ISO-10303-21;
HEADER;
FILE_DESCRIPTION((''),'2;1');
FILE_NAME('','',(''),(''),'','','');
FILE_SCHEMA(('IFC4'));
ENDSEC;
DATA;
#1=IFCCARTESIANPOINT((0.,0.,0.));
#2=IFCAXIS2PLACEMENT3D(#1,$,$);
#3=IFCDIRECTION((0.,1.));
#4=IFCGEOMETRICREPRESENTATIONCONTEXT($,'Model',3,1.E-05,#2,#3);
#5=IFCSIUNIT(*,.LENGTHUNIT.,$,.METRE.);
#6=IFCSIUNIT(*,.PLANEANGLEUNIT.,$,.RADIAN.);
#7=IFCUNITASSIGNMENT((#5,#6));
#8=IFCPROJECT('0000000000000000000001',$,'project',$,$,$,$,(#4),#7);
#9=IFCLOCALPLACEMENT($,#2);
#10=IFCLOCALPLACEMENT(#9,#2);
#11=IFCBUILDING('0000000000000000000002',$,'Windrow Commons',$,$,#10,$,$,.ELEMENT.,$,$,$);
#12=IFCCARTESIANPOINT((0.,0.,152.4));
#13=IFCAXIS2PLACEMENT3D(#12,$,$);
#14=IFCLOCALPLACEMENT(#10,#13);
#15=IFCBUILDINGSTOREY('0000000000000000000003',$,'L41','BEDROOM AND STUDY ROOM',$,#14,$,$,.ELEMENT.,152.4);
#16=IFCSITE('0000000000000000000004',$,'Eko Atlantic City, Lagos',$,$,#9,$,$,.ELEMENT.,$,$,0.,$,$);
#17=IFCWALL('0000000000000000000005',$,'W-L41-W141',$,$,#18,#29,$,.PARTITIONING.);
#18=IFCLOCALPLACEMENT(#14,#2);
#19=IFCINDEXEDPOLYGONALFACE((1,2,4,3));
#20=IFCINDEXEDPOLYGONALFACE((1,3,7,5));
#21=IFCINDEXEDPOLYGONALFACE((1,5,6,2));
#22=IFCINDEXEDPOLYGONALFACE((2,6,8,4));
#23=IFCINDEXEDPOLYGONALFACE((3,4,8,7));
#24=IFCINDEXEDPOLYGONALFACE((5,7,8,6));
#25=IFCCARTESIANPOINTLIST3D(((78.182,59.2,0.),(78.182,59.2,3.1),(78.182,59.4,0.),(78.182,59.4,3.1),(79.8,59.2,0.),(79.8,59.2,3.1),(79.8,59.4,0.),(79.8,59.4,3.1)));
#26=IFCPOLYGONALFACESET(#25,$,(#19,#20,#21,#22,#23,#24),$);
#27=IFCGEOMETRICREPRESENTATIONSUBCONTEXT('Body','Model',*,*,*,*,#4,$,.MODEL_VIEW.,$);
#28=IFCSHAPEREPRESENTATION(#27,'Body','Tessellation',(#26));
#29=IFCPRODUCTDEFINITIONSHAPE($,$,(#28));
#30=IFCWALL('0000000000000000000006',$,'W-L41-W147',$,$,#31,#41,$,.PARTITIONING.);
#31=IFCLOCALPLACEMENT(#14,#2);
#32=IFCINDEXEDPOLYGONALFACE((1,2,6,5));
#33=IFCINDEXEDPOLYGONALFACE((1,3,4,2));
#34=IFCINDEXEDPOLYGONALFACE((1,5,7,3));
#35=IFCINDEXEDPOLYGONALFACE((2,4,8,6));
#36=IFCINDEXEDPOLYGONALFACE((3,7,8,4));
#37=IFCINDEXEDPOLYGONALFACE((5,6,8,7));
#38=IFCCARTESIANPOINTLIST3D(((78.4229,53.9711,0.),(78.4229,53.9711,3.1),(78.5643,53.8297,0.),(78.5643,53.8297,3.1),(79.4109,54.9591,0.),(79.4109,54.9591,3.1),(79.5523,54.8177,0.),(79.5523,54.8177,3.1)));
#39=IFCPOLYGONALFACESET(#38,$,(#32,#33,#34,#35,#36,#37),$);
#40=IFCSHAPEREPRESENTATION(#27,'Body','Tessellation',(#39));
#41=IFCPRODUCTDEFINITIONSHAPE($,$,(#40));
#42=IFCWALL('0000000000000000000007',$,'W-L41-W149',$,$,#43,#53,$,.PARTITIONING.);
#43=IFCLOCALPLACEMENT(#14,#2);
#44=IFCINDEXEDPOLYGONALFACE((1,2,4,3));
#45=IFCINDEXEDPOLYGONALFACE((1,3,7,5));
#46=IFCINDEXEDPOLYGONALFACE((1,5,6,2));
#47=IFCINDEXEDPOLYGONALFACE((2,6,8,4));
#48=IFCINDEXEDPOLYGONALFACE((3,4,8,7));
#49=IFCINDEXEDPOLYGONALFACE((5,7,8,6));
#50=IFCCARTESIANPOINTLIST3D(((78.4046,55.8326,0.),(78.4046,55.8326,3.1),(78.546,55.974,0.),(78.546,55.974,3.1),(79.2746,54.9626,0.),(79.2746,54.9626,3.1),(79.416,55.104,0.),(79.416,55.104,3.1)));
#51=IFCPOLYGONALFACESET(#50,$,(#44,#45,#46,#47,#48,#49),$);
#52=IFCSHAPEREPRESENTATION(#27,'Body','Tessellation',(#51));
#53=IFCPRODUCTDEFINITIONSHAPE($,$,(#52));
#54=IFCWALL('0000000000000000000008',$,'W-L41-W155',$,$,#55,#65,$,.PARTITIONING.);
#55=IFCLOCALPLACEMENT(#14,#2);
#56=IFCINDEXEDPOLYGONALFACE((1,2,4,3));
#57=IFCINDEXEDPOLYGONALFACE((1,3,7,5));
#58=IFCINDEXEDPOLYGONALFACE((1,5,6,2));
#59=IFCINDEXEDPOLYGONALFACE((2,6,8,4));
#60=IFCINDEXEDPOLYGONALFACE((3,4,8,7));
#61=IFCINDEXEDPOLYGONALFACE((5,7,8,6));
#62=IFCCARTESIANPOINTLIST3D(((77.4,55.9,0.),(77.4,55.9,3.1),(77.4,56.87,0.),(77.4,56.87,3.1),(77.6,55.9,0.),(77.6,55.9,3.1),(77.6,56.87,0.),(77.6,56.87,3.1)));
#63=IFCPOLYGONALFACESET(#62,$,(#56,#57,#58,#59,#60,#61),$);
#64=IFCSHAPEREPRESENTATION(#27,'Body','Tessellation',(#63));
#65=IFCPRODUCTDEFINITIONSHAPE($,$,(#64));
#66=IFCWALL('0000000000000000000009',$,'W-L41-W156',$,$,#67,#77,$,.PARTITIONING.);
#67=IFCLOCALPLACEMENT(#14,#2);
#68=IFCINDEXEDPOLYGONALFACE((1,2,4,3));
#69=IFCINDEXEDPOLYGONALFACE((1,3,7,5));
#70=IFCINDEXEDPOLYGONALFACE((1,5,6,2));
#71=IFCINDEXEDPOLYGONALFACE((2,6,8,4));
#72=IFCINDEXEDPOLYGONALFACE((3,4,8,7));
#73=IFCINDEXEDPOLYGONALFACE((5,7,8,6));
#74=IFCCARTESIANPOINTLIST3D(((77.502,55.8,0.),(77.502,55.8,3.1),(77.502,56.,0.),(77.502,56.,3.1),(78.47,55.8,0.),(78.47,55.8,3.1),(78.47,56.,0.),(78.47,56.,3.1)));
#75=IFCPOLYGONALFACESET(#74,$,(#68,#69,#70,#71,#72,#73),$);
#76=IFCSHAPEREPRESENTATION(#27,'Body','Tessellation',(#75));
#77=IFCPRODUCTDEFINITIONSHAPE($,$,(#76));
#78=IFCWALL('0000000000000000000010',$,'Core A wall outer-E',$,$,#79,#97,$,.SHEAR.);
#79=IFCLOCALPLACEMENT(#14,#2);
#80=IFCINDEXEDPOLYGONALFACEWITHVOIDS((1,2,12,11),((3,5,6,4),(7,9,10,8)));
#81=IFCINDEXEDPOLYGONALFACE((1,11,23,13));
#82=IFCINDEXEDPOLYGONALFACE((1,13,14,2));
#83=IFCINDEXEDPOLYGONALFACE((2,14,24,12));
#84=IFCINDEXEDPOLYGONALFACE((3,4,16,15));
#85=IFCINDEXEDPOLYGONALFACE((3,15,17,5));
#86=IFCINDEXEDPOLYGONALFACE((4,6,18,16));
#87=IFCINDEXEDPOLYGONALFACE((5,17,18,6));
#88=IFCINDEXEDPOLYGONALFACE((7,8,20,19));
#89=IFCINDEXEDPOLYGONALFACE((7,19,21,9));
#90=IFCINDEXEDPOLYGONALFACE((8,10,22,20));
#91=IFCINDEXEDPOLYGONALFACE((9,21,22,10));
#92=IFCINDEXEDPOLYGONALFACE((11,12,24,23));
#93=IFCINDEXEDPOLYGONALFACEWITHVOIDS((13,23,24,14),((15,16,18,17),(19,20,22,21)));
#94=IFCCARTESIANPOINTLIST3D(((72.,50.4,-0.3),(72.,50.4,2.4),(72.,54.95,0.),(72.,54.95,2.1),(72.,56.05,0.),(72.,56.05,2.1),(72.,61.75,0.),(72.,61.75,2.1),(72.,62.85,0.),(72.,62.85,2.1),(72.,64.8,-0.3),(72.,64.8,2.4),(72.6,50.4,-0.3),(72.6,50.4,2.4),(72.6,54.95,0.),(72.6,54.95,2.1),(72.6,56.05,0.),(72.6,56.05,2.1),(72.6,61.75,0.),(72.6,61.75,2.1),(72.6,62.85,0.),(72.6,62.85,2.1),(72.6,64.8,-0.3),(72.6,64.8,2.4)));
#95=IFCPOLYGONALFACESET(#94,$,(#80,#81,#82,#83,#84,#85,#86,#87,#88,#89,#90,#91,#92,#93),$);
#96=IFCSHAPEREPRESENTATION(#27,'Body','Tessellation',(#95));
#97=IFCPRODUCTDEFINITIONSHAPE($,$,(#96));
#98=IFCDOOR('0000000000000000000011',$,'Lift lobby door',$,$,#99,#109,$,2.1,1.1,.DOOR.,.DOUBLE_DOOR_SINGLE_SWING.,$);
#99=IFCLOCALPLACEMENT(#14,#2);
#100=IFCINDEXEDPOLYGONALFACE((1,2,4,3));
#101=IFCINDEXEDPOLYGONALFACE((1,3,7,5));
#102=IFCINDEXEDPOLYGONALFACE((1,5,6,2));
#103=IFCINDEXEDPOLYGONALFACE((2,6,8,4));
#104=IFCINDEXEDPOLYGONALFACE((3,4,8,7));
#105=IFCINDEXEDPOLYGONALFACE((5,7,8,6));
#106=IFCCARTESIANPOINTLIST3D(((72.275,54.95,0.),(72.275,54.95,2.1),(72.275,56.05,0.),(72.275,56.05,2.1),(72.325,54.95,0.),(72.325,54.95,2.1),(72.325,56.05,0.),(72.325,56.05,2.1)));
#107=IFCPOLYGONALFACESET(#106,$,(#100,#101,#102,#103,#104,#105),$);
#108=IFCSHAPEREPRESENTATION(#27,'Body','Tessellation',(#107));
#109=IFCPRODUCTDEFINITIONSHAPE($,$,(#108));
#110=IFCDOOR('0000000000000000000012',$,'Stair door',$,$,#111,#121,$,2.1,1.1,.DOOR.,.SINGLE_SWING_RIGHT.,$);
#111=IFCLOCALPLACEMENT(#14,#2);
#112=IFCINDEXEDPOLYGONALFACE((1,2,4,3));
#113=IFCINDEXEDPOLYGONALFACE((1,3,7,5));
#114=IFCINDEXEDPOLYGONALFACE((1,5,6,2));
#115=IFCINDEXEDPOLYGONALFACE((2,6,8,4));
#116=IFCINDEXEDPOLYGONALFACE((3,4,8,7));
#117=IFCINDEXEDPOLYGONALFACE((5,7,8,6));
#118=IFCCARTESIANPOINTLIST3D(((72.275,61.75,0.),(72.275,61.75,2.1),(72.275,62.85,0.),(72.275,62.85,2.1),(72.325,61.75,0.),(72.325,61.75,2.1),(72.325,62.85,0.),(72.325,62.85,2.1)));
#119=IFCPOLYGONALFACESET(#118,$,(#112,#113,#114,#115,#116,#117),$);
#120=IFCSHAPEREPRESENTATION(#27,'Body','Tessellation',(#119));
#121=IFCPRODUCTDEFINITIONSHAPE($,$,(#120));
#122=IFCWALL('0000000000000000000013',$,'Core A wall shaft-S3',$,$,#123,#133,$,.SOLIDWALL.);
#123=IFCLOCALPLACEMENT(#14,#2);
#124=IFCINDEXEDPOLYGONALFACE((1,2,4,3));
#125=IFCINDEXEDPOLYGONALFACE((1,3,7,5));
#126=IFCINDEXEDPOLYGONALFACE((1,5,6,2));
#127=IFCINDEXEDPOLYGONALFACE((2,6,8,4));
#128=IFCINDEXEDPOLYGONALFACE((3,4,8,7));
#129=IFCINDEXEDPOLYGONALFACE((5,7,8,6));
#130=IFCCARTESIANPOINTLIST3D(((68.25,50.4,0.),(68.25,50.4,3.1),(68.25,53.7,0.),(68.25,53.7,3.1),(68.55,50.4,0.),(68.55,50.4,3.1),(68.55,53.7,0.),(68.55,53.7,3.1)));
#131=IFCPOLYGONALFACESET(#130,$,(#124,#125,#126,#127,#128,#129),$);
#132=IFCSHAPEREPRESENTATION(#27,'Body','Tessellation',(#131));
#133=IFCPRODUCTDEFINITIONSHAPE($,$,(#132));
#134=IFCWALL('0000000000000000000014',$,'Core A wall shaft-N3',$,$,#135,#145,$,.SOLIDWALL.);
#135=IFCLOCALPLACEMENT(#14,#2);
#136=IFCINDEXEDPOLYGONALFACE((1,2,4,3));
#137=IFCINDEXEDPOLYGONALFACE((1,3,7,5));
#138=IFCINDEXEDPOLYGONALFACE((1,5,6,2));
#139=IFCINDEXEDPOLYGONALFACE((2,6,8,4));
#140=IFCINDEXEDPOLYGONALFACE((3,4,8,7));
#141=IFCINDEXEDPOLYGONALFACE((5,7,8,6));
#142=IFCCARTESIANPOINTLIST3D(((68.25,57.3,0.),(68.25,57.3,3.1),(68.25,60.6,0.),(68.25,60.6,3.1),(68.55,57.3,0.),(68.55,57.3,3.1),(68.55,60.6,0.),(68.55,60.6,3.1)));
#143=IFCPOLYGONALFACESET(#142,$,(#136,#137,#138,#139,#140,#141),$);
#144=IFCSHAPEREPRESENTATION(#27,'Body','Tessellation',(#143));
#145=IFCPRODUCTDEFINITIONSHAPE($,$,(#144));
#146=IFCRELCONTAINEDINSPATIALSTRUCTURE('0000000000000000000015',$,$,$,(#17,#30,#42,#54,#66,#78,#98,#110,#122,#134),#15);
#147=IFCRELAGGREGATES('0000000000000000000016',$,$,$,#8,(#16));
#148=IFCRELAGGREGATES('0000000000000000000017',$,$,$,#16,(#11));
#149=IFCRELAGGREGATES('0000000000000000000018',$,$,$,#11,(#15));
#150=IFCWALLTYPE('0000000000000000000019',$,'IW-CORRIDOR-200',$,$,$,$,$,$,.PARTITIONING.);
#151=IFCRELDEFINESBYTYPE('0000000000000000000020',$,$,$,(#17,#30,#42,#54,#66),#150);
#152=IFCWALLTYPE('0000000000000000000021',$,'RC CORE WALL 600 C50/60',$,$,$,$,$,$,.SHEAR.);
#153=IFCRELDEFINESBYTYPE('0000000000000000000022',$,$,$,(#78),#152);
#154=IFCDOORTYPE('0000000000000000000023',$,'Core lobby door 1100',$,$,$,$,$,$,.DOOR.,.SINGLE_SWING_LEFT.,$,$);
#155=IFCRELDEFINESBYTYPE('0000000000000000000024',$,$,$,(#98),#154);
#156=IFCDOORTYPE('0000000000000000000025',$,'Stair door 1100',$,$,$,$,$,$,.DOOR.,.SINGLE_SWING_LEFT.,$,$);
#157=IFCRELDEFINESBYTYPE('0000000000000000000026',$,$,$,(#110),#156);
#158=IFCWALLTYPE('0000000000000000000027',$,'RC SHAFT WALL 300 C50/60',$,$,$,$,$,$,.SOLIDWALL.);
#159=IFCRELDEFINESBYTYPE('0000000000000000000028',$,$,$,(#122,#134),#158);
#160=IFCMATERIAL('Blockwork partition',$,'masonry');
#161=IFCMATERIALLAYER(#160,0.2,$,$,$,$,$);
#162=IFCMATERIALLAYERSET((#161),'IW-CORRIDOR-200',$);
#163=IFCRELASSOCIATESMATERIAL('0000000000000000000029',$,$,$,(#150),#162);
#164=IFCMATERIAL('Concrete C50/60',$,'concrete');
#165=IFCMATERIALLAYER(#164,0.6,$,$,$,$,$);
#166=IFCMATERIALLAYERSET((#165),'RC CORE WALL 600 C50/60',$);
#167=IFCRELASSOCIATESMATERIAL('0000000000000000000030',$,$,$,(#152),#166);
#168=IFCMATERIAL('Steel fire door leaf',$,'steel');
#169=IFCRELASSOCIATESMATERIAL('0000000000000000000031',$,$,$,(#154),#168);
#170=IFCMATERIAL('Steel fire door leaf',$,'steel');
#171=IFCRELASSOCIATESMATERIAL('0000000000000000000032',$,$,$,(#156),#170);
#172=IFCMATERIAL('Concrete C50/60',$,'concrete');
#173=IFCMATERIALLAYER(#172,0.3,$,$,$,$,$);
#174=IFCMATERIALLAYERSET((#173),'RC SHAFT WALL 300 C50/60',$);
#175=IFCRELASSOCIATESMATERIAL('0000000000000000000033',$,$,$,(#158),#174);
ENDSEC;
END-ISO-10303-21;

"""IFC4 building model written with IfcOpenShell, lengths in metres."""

from ifc_helpers import new_model, si_unit, direction, frame, frame_2d, origin, place, context, subcontext, project, spatial, rectangle, extrude, material, layer, layer_set, type_object, element, fill, save


model = new_model("IFC4")

# Units and contexts
model_context = context("Model", 3, precision=1e-05, world=origin(), true_north=direction((0.0, 1.0)))
body_context = subcontext(model_context, "Body", "Model", "MODEL_VIEW")
ifc_project = project(units=[si_unit("LENGTHUNIT", "METRE"), si_unit("PLANEANGLEUNIT", "RADIAN")], contexts=[model_context])

# Site, building, storey
site_placement = place(None, origin())
site = spatial("IfcSite", under=ifc_project, at=site_placement, Name="Eko Atlantic City, Lagos", CompositionType="ELEMENT", RefElevation=0.0)
building_placement = place(site_placement, origin())
building = spatial("IfcBuilding", under=site, at=building_placement, Name="Windrow Commons", CompositionType="ELEMENT")
storey_placement = place(building_placement, frame((0.0, 0.0, 152.4)))
storey = spatial("IfcBuildingStorey", under=building, at=storey_placement, Name="L41", Description="BEDROOM AND STUDY ROOM", CompositionType="ELEMENT", Elevation=152.4)

# Shared definitions
ifc_material_1 = material(Name="Blockwork partition", Category="masonry")
ifc_layer_1 = layer(ifc_material_1, 0.2)
ifc_layer_set_1 = layer_set([ifc_layer_1], Name="IW-CORRIDOR-200")
wall_type_1 = type_object("IfcWallType", Name="IW-CORRIDOR-200", PredefinedType="PARTITIONING", material=ifc_layer_set_1)

# Walls
wall_1_placement = place(storey_placement, frame((78.182, 59.3, 0.0), z_axis=(0.0, 0.0, 1.0), x_axis=(1.0, 0.0, 0.0)))
element("IfcWall", 1, at=wall_1_placement, inside=storey, type_object=wall_type_1, Name="W-L41-W141", PredefinedType="PARTITIONING", context=body_context, shape_type="SweptSolid", body=[
    extrude(rectangle(XDim=1.618, YDim=0.2, at=frame_2d((0.809, 0.0))), origin(), (0.0, 0.0, 1.0), 3.1),
])
wall_2_placement = place(storey_placement, frame((78.4936, 53.9004, 0.0), z_axis=(0.0, 0.0, 1.0), x_axis=(0.707107, 0.707107, 0.0)))
element("IfcWall", 2, at=wall_2_placement, inside=storey, type_object=wall_type_1, Name="W-L41-W147", PredefinedType="PARTITIONING", context=body_context, shape_type="SweptSolid", body=[
    extrude(rectangle(XDim=1.3972, YDim=0.2, at=frame_2d((0.6986, 0.0))), origin(), (0.0, 0.0, 1.0), 3.1),
])
wall_3_placement = place(storey_placement, frame((78.4753, 55.9033, 0.0), z_axis=(0.0, 0.0, 1.0), x_axis=(0.707107, -0.707107, 0.0)))
element("IfcWall", 3, at=wall_3_placement, inside=storey, type_object=wall_type_1, Name="W-L41-W149", PredefinedType="PARTITIONING", context=body_context, shape_type="SweptSolid", body=[
    extrude(rectangle(XDim=1.2304, YDim=0.2, at=frame_2d((0.6152, 0.0))), origin(), (0.0, 0.0, 1.0), 3.1),
])
wall_4_placement = place(storey_placement, frame((77.5, 55.9, 0.0), z_axis=(0.0, 0.0, 1.0), x_axis=(0.0, 1.0, 0.0)))
element("IfcWall", 4, at=wall_4_placement, inside=storey, type_object=wall_type_1, Name="W-L41-W155", PredefinedType="PARTITIONING", context=body_context, shape_type="SweptSolid", body=[
    extrude(rectangle(XDim=0.97, YDim=0.2, at=frame_2d((0.485, 0.0))), origin(), (0.0, 0.0, 1.0), 3.1),
])
wall_5_placement = place(storey_placement, frame((77.502, 55.9, 0.0), z_axis=(0.0, 0.0, 1.0), x_axis=(1.0, 0.0, 0.0)))
element("IfcWall", 5, at=wall_5_placement, inside=storey, type_object=wall_type_1, Name="W-L41-W156", PredefinedType="PARTITIONING", context=body_context, shape_type="SweptSolid", body=[
    extrude(rectangle(XDim=0.968, YDim=0.2, at=frame_2d((0.484, 0.0))), origin(), (0.0, 0.0, 1.0), 3.1),
])

# Wall, openings, doors
ifc_material_2 = material(Name="Concrete C50/60", Category="concrete")
ifc_layer_2 = layer(ifc_material_2, 0.6)
ifc_layer_set_2 = layer_set([ifc_layer_2], Name="RC CORE WALL 600 C50/60")
wall_type_2 = type_object("IfcWallType", Name="RC CORE WALL 600 C50/60", PredefinedType="SHEAR", material=ifc_layer_set_2)
wall_6_placement = place(storey_placement, frame((72.3, 50.4, -0.3), z_axis=(0.0, 0.0, 1.0), x_axis=(0.0, 1.0, 0.0)))
wall_6 = element("IfcWall", 6, at=wall_6_placement, inside=storey, type_object=wall_type_2, Name="Core A wall outer-E", PredefinedType="SHEAR", context=body_context, shape_type="SweptSolid", body=[
    extrude(rectangle(XDim=14.4, YDim=0.6, at=frame_2d((7.2, 0.0))), origin(), (0.0, 0.0, 1.0), 2.7),
])
opening_1_placement = place(wall_6_placement, frame((4.55, 0.0, 0.3)))
opening_1 = element("IfcOpeningElement", 7, at=opening_1_placement, cuts=wall_6, PredefinedType="OPENING", context=body_context, shape_type="SweptSolid", body=[
    extrude(rectangle(XDim=1.1, YDim=2.1, at=frame_2d((0.55, 1.05))), frame((0.0, 0.31, 0.0), z_axis=(0.0, -1.0, 0.0), x_axis=(1.0, 0.0, 0.0)), (0.0, 0.0, 1.0), 0.62),
])
opening_2_placement = place(wall_6_placement, frame((11.35, 0.0, 0.3)))
opening_2 = element("IfcOpeningElement", 8, at=opening_2_placement, cuts=wall_6, PredefinedType="OPENING", context=body_context, shape_type="SweptSolid", body=[
    extrude(rectangle(XDim=1.1, YDim=2.1, at=frame_2d((0.55, 1.05))), frame((0.0, 0.31, 0.0), z_axis=(0.0, -1.0, 0.0), x_axis=(1.0, 0.0, 0.0)), (0.0, 0.0, 1.0), 0.62),
])
ifc_material_3 = material(Name="Steel fire door leaf", Category="steel")
door_type_1 = type_object("IfcDoorType", Name="Core lobby door 1100", OperationType="SINGLE_SWING_LEFT", PredefinedType="DOOR", material=ifc_material_3)
door_1_placement = place(opening_1_placement, origin())
door_1 = element("IfcDoor", 9, at=door_1_placement, inside=storey, type_object=door_type_1, Name="Lift lobby door", OperationType="DOUBLE_DOOR_SINGLE_SWING", OverallHeight=2.1, OverallWidth=1.1, PredefinedType="DOOR", context=body_context, shape_type="SweptSolid", body=[
    extrude(rectangle(XDim=1.1, YDim=2.1, at=frame_2d((0.55, 1.05))), frame((0.0, 0.025, 0.0), z_axis=(0.0, -1.0, 0.0), x_axis=(1.0, 0.0, 0.0)), (0.0, 0.0, 1.0), 0.05),
])
fill(opening_1, door_1)
ifc_material_4 = material(Name="Steel fire door leaf", Category="steel")
door_type_2 = type_object("IfcDoorType", Name="Stair door 1100", OperationType="SINGLE_SWING_LEFT", PredefinedType="DOOR", material=ifc_material_4)
door_2_placement = place(opening_2_placement, origin())
door_2 = element("IfcDoor", 10, at=door_2_placement, inside=storey, type_object=door_type_2, Name="Stair door", OperationType="SINGLE_SWING_RIGHT", OverallHeight=2.1, OverallWidth=1.1, PredefinedType="DOOR", context=body_context, shape_type="SweptSolid", body=[
    extrude(rectangle(XDim=1.1, YDim=2.1, at=frame_2d((0.55, 1.05))), frame((0.0, 0.025, 0.0), z_axis=(0.0, -1.0, 0.0), x_axis=(1.0, 0.0, 0.0)), (0.0, 0.0, 1.0), 0.05),
])
fill(opening_2, door_2)

# Walls
ifc_material_5 = material(Name="Concrete C50/60", Category="concrete")
ifc_layer_3 = layer(ifc_material_5, 0.3)
ifc_layer_set_3 = layer_set([ifc_layer_3], Name="RC SHAFT WALL 300 C50/60")
wall_type_3 = type_object("IfcWallType", Name="RC SHAFT WALL 300 C50/60", PredefinedType="SOLIDWALL", material=ifc_layer_set_3)
for number, where, z_axis, x_axis, name in (
    (11, (68.4, 50.4, 0.0), (0.0, 0.0, 1.0), (0.0, 1.0, 0.0), "Core A wall shaft-S3"),
    (12, (68.4, 57.3, 0.0), (0.0, 0.0, 1.0), (0.0, 1.0, 0.0), "Core A wall shaft-N3"),
):
    element("IfcWall", number, at=place(storey_placement, frame(where, z_axis=z_axis, x_axis=x_axis)), inside=storey, type_object=wall_type_3, Name=name, PredefinedType="SOLIDWALL", context=body_context, shape_type="SweptSolid", body=[
        extrude(rectangle(XDim=3.3, YDim=0.3, at=frame_2d((1.65, 0.0))), origin(), (0.0, 0.0, 1.0), 3.1),
    ])

save(model, "model.ifc")
